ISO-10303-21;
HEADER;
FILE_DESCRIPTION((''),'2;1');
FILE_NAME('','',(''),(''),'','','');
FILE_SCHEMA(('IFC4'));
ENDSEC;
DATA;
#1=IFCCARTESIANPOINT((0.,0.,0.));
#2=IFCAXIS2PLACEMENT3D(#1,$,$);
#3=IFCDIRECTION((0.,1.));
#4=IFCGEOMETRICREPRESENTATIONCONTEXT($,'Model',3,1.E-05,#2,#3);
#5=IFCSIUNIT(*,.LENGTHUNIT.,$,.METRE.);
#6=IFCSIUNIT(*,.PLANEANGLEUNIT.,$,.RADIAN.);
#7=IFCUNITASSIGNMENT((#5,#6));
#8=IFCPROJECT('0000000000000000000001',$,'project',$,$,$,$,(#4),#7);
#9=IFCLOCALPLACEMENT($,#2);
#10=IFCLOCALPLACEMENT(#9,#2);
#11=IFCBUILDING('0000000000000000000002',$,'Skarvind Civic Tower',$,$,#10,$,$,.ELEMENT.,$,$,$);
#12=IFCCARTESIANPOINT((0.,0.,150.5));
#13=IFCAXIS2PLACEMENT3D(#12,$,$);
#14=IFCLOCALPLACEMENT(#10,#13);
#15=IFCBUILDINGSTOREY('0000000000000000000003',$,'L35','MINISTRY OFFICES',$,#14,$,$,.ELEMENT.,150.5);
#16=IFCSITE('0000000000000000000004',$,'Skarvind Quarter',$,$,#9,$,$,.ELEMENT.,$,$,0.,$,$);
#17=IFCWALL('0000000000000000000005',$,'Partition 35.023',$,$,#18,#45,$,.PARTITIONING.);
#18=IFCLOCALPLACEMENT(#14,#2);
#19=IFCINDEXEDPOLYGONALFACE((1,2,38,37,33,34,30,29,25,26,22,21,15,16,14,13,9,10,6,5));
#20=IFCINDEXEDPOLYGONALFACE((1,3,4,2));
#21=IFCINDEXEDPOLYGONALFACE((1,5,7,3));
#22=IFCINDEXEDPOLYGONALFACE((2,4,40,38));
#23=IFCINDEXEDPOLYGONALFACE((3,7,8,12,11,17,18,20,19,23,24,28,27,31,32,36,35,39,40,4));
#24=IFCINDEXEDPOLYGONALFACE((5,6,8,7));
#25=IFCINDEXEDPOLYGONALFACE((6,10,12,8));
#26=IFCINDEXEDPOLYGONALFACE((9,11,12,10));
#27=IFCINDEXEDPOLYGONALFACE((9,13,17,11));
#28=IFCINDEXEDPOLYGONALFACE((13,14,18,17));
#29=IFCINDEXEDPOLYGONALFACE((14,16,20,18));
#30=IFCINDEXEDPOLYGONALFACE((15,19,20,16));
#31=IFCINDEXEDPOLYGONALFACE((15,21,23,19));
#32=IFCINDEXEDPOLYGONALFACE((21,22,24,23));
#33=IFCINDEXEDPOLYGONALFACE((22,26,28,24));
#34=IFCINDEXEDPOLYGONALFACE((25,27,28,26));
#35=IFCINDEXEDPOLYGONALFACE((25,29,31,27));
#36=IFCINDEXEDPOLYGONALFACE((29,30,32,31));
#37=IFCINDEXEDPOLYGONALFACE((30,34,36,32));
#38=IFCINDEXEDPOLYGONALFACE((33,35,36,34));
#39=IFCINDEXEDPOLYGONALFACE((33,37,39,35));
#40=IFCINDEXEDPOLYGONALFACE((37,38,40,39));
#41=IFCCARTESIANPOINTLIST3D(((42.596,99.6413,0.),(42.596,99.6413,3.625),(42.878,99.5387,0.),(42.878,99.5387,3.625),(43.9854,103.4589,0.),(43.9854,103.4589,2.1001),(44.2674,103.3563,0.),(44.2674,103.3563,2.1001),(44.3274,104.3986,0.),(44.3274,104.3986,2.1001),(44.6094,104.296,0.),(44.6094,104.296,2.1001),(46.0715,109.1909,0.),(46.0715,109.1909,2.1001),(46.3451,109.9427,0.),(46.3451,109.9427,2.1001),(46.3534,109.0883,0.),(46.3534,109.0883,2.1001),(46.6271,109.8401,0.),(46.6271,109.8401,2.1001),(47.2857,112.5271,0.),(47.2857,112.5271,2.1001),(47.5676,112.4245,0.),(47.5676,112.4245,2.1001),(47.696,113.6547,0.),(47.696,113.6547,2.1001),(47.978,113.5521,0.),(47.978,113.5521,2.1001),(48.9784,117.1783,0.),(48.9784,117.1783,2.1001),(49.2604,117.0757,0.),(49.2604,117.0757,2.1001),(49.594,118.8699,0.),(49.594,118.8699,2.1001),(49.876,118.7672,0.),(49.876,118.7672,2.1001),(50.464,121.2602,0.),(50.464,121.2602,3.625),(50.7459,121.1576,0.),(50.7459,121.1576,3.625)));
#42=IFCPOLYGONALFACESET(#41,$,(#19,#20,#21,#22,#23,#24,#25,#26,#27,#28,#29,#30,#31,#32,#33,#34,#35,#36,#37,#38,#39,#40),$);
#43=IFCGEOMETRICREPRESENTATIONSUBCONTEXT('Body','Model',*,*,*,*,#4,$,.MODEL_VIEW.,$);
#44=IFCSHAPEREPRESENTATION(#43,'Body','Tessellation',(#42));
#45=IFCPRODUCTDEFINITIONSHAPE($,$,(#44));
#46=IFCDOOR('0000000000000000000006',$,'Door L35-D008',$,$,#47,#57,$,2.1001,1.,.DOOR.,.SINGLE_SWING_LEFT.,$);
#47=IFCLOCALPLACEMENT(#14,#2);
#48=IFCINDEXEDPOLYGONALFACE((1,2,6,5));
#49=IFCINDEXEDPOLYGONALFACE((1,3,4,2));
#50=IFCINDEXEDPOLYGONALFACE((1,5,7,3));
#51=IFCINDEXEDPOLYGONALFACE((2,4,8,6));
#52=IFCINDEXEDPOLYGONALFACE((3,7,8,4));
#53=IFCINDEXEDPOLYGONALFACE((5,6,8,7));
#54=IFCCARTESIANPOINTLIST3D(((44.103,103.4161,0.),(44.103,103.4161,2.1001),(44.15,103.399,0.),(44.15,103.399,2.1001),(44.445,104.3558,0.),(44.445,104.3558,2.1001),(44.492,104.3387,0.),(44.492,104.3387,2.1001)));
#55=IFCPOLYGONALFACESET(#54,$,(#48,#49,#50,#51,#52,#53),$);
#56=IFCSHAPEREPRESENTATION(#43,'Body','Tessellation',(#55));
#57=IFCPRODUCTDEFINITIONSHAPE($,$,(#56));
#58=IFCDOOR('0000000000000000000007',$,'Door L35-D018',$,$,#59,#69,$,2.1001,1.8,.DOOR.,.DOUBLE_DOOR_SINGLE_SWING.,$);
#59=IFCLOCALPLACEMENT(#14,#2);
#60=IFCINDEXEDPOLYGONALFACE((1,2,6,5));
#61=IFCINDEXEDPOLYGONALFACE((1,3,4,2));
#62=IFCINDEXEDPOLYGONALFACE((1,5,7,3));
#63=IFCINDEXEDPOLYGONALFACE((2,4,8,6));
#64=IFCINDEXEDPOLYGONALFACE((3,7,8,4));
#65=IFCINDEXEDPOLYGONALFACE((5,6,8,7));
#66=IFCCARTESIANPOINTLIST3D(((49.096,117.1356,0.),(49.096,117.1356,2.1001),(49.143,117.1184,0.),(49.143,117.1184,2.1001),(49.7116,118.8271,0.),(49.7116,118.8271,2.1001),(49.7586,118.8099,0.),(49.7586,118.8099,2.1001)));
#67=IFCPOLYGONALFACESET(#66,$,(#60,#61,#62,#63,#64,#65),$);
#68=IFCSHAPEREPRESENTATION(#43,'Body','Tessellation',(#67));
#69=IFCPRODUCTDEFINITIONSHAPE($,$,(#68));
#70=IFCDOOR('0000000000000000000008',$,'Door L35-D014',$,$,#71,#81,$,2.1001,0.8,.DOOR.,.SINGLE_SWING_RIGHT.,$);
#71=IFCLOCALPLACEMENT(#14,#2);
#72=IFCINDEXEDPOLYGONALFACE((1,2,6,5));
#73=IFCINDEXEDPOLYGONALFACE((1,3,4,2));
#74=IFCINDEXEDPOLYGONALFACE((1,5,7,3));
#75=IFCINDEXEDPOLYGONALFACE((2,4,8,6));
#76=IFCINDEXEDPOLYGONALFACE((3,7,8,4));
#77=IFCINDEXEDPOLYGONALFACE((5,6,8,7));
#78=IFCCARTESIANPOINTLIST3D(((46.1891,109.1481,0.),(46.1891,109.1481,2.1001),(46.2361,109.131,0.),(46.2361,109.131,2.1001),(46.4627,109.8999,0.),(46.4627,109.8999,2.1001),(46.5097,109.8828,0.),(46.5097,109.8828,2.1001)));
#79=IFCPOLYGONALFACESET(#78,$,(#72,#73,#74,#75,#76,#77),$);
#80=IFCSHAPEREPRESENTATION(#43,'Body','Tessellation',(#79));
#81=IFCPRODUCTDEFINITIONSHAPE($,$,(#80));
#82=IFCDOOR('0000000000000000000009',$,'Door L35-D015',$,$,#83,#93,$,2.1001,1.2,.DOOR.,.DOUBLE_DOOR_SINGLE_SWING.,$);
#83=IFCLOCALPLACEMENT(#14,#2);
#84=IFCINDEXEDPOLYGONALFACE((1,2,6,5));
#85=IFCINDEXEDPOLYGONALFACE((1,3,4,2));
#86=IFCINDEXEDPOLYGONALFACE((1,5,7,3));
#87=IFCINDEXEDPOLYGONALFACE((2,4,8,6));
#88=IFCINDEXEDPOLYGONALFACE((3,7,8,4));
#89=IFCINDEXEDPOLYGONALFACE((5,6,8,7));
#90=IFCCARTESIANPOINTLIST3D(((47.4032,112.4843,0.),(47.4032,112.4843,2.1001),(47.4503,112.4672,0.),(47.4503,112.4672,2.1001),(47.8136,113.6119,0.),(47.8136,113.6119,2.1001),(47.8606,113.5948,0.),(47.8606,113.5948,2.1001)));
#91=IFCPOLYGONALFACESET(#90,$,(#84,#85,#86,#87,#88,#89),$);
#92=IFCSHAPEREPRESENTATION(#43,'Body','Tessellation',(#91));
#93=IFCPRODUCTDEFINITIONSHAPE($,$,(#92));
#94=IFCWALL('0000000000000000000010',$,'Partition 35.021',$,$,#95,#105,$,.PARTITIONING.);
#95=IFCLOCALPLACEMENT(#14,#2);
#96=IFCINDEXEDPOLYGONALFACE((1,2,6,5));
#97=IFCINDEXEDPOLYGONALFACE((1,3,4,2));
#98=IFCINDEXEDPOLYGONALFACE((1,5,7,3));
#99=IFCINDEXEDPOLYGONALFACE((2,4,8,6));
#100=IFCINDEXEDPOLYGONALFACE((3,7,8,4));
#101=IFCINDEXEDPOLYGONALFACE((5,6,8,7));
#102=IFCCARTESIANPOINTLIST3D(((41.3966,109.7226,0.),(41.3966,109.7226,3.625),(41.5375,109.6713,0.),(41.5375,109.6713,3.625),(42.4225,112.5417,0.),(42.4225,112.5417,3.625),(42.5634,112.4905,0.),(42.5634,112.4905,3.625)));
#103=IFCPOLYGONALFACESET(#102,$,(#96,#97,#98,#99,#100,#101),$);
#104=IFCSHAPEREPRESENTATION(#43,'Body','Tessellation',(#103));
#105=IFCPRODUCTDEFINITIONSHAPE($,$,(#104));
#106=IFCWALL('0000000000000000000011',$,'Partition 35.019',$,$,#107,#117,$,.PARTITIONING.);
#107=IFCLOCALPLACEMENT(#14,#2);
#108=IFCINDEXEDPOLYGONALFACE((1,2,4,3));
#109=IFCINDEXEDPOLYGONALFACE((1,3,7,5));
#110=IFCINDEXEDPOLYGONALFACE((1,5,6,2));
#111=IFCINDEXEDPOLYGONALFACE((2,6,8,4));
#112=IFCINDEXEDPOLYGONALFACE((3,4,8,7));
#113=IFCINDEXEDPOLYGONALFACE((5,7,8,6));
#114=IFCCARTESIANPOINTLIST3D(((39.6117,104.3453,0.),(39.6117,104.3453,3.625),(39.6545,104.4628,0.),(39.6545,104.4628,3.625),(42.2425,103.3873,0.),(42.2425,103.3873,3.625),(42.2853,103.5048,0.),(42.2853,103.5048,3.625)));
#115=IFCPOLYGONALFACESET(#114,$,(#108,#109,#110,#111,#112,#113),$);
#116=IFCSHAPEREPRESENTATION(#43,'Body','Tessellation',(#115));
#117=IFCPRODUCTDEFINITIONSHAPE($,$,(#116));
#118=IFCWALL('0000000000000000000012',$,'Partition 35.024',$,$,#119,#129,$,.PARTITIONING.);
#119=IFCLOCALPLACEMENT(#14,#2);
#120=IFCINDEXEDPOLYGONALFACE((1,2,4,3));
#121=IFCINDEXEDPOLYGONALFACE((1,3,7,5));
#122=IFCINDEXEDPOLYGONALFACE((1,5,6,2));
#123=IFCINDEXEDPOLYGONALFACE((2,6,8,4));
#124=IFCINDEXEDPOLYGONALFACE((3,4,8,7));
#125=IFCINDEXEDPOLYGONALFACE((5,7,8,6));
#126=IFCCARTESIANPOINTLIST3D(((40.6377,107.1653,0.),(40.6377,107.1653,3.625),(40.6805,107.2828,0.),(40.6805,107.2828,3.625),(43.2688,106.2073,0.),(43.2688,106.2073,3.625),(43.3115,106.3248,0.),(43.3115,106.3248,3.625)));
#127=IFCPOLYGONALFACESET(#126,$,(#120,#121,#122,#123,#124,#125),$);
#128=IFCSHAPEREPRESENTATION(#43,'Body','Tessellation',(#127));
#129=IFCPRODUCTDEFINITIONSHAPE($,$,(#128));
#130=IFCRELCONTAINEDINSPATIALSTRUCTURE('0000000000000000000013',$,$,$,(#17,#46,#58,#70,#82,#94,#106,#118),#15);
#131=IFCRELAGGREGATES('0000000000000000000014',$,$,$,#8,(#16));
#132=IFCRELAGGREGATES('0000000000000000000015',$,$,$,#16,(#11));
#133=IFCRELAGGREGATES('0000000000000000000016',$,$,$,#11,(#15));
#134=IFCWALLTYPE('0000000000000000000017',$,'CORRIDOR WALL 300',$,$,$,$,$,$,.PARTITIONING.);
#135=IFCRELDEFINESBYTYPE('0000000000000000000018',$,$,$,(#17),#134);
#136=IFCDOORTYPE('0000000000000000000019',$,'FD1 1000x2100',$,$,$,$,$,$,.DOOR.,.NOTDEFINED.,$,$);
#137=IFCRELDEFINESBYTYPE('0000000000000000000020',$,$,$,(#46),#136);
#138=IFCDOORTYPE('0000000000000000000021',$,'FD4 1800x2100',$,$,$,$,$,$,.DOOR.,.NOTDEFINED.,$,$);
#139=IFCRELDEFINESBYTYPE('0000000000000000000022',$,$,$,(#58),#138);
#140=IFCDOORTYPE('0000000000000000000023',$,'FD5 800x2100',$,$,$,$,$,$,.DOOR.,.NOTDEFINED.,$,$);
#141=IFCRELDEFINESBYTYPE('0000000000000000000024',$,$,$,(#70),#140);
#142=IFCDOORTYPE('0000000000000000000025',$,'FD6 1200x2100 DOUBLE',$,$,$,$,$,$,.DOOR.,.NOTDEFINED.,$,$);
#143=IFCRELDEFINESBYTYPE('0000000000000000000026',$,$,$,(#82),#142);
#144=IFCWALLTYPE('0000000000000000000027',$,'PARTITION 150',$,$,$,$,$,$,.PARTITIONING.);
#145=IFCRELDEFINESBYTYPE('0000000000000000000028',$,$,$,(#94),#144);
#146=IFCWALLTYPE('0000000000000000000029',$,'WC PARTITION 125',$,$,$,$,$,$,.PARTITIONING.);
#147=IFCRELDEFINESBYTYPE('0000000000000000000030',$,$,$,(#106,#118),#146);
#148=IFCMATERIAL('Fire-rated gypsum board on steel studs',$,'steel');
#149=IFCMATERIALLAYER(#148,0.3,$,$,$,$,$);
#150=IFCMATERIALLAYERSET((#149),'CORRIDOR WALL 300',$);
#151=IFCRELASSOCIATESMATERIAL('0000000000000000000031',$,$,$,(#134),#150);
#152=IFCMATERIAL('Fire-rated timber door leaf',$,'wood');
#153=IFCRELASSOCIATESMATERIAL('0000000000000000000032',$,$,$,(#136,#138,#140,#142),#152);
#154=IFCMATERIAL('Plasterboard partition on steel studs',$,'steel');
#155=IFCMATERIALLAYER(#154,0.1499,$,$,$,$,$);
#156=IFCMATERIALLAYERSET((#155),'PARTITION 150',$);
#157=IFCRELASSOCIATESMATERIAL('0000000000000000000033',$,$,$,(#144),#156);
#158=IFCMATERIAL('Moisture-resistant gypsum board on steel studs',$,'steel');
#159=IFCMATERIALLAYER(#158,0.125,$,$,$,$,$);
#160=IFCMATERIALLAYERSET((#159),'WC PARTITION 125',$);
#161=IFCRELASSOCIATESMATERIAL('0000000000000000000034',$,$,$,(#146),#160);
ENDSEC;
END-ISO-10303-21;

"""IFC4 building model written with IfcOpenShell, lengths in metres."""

from ifc_helpers import new_model, si_unit, direction, frame, frame_2d, origin, place, context, subcontext, project, spatial, rectangle, extrude, material, layer, layer_set, type_object, element, fill, save


model = new_model("IFC4")

# Units and contexts
model_context = context("Model", 3, precision=1e-05, world=origin(), true_north=direction((0.0, 1.0)))
body_context = subcontext(model_context, "Body", "Model", "MODEL_VIEW")
ifc_project = project(units=[si_unit("LENGTHUNIT", "METRE"), si_unit("PLANEANGLEUNIT", "RADIAN")], contexts=[model_context])

# Site, building, storey
site_placement = place(None, origin())
site = spatial("IfcSite", under=ifc_project, at=site_placement, Name="Skarvind Quarter", CompositionType="ELEMENT", RefElevation=0.0)
building_placement = place(site_placement, origin())
building = spatial("IfcBuilding", under=site, at=building_placement, Name="Skarvind Civic Tower", CompositionType="ELEMENT")
storey_placement = place(building_placement, frame((0.0, 0.0, 150.5)))
storey = spatial("IfcBuildingStorey", under=building, at=storey_placement, Name="L35", Description="MINISTRY OFFICES", CompositionType="ELEMENT", Elevation=150.5)

# Wall, openings, doors
ifc_material_1 = material(Name="Fire-rated gypsum board on steel studs", Category="steel")
ifc_layer_1 = layer(ifc_material_1, 0.3)
ifc_layer_set_1 = layer_set([ifc_layer_1], Name="CORRIDOR WALL 300")
wall_type_1 = type_object("IfcWallType", Name="CORRIDOR WALL 300", PredefinedType="PARTITIONING", material=ifc_layer_set_1)
wall_1_placement = place(storey_placement, frame((42.7371, 99.5901, 0.0), z_axis=(0.0, 0.0, 1.0), x_axis=(0.341993, 0.939703, 0.0)))
wall_1 = element("IfcWall", 1, at=wall_1_placement, inside=storey, type_object=wall_type_1, Name="Partition 35.023", PredefinedType="PARTITIONING", context=body_context, shape_type="SweptSolid", body=[
    extrude(rectangle(XDim=23.0061, YDim=0.3, at=frame_2d((11.5029, 0.0))), origin(), (0.0, 0.0, 1.0), 3.625),
])
opening_1_placement = place(wall_1_placement, frame((4.0625, 0.0, 0.0)))
opening_1 = element("IfcOpeningElement", 2, at=opening_1_placement, cuts=wall_1, PredefinedType="OPENING", context=body_context, shape_type="SweptSolid", body=[
    extrude(rectangle(XDim=1.0, YDim=2.1001, at=frame_2d((0.5, 1.05))), frame((0.0, 0.1599, 0.0), z_axis=(0.0, -1.0, 0.0), x_axis=(1.0, 0.0, 0.0)), (0.0, 0.0, 1.0), 0.3201),
])
opening_2_placement = place(wall_1_placement, frame((10.1624, 0.0, 0.0)))
opening_2 = element("IfcOpeningElement", 3, at=opening_2_placement, cuts=wall_1, PredefinedType="OPENING", context=body_context, shape_type="SweptSolid", body=[
    extrude(rectangle(XDim=0.8, YDim=2.1001, at=frame_2d((0.3999, 1.05))), frame((0.0, 0.1599, 0.0), z_axis=(0.0, -1.0, 0.0), x_axis=(1.0, 0.0, 0.0)), (0.0, 0.0, 1.0), 0.3201),
])
opening_3_placement = place(wall_1_placement, frame((13.7124, 0.0, 0.0)))
opening_3 = element("IfcOpeningElement", 4, at=opening_3_placement, cuts=wall_1, PredefinedType="OPENING", context=body_context, shape_type="SweptSolid", body=[
    extrude(rectangle(XDim=1.2, YDim=2.1001, at=frame_2d((0.6001, 1.05))), frame((0.0, 0.1599, 0.0), z_axis=(0.0, -1.0, 0.0), x_axis=(1.0, 0.0, 0.0)), (0.0, 0.0, 1.0), 0.3201),
])
opening_4_placement = place(wall_1_placement, frame((18.6624, 0.0, 0.0)))
opening_4 = element("IfcOpeningElement", 5, at=opening_4_placement, cuts=wall_1, PredefinedType="OPENING", context=body_context, shape_type="SweptSolid", body=[
    extrude(rectangle(XDim=1.8, YDim=2.1001, at=frame_2d((0.8999, 1.05))), frame((0.0, 0.1599, 0.0), z_axis=(0.0, -1.0, 0.0), x_axis=(1.0, 0.0, 0.0)), (0.0, 0.0, 1.0), 0.3201),
])
ifc_material_2 = material(Name="Fire-rated timber door leaf", Category="wood")
door_type_1 = type_object("IfcDoorType", Name="FD1 1000x2100", OperationType="NOTDEFINED", PredefinedType="DOOR", material=ifc_material_2)
door_1_placement = place(opening_1_placement, origin())
door_1 = element("IfcDoor", 6, at=door_1_placement, inside=storey, type_object=door_type_1, Name="Door L35-D008", OperationType="SINGLE_SWING_LEFT", OverallHeight=2.1001, OverallWidth=1.0, PredefinedType="DOOR", context=body_context, shape_type="SweptSolid", body=[
    extrude(rectangle(XDim=1.0, YDim=2.1001, at=frame_2d((0.5, 1.05))), frame((0.0, 0.0249, 0.0), z_axis=(0.0, -1.0, 0.0), x_axis=(1.0, 0.0, 0.0)), (0.0, 0.0, 1.0), 0.05),
])
fill(opening_1, door_1)
door_type_2 = type_object("IfcDoorType", Name="FD4 1800x2100", OperationType="NOTDEFINED", PredefinedType="DOOR", material=ifc_material_2)
door_2_placement = place(opening_4_placement, origin())
door_2 = element("IfcDoor", 7, at=door_2_placement, inside=storey, type_object=door_type_2, Name="Door L35-D018", OperationType="DOUBLE_DOOR_SINGLE_SWING", OverallHeight=2.1001, OverallWidth=1.8, PredefinedType="DOOR", context=body_context, shape_type="SweptSolid", body=[
    extrude(rectangle(XDim=1.8, YDim=2.1001, at=frame_2d((0.8999, 1.05))), frame((0.0, 0.0249, 0.0), z_axis=(0.0, -1.0, 0.0), x_axis=(1.0, 0.0, 0.0)), (0.0, 0.0, 1.0), 0.05),
])
fill(opening_4, door_2)
door_type_3 = type_object("IfcDoorType", Name="FD5 800x2100", OperationType="NOTDEFINED", PredefinedType="DOOR", material=ifc_material_2)
door_3_placement = place(opening_2_placement, origin())
door_3 = element("IfcDoor", 8, at=door_3_placement, inside=storey, type_object=door_type_3, Name="Door L35-D014", OperationType="SINGLE_SWING_RIGHT", OverallHeight=2.1001, OverallWidth=0.8, PredefinedType="DOOR", context=body_context, shape_type="SweptSolid", body=[
    extrude(rectangle(XDim=0.8, YDim=2.1001, at=frame_2d((0.3999, 1.05))), frame((0.0, 0.0249, 0.0), z_axis=(0.0, -1.0, 0.0), x_axis=(1.0, 0.0, 0.0)), (0.0, 0.0, 1.0), 0.05),
])
fill(opening_2, door_3)
door_type_4 = type_object("IfcDoorType", Name="FD6 1200x2100 DOUBLE", OperationType="NOTDEFINED", PredefinedType="DOOR", material=ifc_material_2)
door_4_placement = place(opening_3_placement, origin())
door_4 = element("IfcDoor", 9, at=door_4_placement, inside=storey, type_object=door_type_4, Name="Door L35-D015", OperationType="DOUBLE_DOOR_SINGLE_SWING", OverallHeight=2.1001, OverallWidth=1.2, PredefinedType="DOOR", context=body_context, shape_type="SweptSolid", body=[
    extrude(rectangle(XDim=1.2, YDim=2.1001, at=frame_2d((0.6001, 1.05))), frame((0.0, 0.0249, 0.0), z_axis=(0.0, -1.0, 0.0), x_axis=(1.0, 0.0, 0.0)), (0.0, 0.0, 1.0), 0.05),
])
fill(opening_3, door_4)

# Walls
ifc_material_3 = material(Name="Plasterboard partition on steel studs", Category="steel")
ifc_layer_2 = layer(ifc_material_3, 0.1499)
ifc_layer_set_2 = layer_set([ifc_layer_2], Name="PARTITION 150")
wall_type_2 = type_object("IfcWallType", Name="PARTITION 150", PredefinedType="PARTITIONING", material=ifc_layer_set_2)
wall_2_placement = place(storey_placement, frame((42.4929, 112.5161, 0.0), z_axis=(0.0, 0.0, 1.0), x_axis=(-0.341965, -0.939713, 0.0)))
element("IfcWall", 10, at=wall_2_placement, inside=storey, type_object=wall_type_2, Name="Partition 35.021", PredefinedType="PARTITIONING", context=body_context, shape_type="SweptSolid", body=[
    extrude(rectangle(XDim=3.0, YDim=0.1499, at=frame_2d((1.5, 0.0))), origin(), (0.0, 0.0, 1.0), 3.625),
])
ifc_material_4 = material(Name="Moisture-resistant gypsum board on steel studs", Category="steel")
ifc_layer_3 = layer(ifc_material_4, 0.125)
ifc_layer_set_3 = layer_set([ifc_layer_3], Name="WC PARTITION 125")
wall_type_3 = type_object("IfcWallType", Name="WC PARTITION 125", PredefinedType="PARTITIONING", material=ifc_layer_set_3)
wall_3_placement = place(storey_placement, frame((42.2639, 103.446, 0.0), z_axis=(0.0, 0.0, 1.0), x_axis=(-0.939641, 0.342163, 0.0)))
element("IfcWall", 11, at=wall_3_placement, inside=storey, type_object=wall_type_3, Name="Partition 35.019", PredefinedType="PARTITIONING", context=body_context, shape_type="SweptSolid", body=[
    extrude(rectangle(XDim=2.7998, YDim=0.125, at=frame_2d((1.3999, 0.0))), origin(), (0.0, 0.0, 1.0), 3.625),
])
wall_4_placement = place(storey_placement, frame((43.29, 106.2661, 0.0), z_axis=(0.0, 0.0, 1.0), x_axis=(-0.939651, 0.342135, 0.0)))
element("IfcWall", 12, at=wall_4_placement, inside=storey, type_object=wall_type_3, Name="Partition 35.024", PredefinedType="PARTITIONING", context=body_context, shape_type="SweptSolid", body=[
    extrude(rectangle(XDim=2.8, YDim=0.125, at=frame_2d((1.3999, 0.0))), origin(), (0.0, 0.0, 1.0), 3.625),
])

save(model, "model.ifc")
